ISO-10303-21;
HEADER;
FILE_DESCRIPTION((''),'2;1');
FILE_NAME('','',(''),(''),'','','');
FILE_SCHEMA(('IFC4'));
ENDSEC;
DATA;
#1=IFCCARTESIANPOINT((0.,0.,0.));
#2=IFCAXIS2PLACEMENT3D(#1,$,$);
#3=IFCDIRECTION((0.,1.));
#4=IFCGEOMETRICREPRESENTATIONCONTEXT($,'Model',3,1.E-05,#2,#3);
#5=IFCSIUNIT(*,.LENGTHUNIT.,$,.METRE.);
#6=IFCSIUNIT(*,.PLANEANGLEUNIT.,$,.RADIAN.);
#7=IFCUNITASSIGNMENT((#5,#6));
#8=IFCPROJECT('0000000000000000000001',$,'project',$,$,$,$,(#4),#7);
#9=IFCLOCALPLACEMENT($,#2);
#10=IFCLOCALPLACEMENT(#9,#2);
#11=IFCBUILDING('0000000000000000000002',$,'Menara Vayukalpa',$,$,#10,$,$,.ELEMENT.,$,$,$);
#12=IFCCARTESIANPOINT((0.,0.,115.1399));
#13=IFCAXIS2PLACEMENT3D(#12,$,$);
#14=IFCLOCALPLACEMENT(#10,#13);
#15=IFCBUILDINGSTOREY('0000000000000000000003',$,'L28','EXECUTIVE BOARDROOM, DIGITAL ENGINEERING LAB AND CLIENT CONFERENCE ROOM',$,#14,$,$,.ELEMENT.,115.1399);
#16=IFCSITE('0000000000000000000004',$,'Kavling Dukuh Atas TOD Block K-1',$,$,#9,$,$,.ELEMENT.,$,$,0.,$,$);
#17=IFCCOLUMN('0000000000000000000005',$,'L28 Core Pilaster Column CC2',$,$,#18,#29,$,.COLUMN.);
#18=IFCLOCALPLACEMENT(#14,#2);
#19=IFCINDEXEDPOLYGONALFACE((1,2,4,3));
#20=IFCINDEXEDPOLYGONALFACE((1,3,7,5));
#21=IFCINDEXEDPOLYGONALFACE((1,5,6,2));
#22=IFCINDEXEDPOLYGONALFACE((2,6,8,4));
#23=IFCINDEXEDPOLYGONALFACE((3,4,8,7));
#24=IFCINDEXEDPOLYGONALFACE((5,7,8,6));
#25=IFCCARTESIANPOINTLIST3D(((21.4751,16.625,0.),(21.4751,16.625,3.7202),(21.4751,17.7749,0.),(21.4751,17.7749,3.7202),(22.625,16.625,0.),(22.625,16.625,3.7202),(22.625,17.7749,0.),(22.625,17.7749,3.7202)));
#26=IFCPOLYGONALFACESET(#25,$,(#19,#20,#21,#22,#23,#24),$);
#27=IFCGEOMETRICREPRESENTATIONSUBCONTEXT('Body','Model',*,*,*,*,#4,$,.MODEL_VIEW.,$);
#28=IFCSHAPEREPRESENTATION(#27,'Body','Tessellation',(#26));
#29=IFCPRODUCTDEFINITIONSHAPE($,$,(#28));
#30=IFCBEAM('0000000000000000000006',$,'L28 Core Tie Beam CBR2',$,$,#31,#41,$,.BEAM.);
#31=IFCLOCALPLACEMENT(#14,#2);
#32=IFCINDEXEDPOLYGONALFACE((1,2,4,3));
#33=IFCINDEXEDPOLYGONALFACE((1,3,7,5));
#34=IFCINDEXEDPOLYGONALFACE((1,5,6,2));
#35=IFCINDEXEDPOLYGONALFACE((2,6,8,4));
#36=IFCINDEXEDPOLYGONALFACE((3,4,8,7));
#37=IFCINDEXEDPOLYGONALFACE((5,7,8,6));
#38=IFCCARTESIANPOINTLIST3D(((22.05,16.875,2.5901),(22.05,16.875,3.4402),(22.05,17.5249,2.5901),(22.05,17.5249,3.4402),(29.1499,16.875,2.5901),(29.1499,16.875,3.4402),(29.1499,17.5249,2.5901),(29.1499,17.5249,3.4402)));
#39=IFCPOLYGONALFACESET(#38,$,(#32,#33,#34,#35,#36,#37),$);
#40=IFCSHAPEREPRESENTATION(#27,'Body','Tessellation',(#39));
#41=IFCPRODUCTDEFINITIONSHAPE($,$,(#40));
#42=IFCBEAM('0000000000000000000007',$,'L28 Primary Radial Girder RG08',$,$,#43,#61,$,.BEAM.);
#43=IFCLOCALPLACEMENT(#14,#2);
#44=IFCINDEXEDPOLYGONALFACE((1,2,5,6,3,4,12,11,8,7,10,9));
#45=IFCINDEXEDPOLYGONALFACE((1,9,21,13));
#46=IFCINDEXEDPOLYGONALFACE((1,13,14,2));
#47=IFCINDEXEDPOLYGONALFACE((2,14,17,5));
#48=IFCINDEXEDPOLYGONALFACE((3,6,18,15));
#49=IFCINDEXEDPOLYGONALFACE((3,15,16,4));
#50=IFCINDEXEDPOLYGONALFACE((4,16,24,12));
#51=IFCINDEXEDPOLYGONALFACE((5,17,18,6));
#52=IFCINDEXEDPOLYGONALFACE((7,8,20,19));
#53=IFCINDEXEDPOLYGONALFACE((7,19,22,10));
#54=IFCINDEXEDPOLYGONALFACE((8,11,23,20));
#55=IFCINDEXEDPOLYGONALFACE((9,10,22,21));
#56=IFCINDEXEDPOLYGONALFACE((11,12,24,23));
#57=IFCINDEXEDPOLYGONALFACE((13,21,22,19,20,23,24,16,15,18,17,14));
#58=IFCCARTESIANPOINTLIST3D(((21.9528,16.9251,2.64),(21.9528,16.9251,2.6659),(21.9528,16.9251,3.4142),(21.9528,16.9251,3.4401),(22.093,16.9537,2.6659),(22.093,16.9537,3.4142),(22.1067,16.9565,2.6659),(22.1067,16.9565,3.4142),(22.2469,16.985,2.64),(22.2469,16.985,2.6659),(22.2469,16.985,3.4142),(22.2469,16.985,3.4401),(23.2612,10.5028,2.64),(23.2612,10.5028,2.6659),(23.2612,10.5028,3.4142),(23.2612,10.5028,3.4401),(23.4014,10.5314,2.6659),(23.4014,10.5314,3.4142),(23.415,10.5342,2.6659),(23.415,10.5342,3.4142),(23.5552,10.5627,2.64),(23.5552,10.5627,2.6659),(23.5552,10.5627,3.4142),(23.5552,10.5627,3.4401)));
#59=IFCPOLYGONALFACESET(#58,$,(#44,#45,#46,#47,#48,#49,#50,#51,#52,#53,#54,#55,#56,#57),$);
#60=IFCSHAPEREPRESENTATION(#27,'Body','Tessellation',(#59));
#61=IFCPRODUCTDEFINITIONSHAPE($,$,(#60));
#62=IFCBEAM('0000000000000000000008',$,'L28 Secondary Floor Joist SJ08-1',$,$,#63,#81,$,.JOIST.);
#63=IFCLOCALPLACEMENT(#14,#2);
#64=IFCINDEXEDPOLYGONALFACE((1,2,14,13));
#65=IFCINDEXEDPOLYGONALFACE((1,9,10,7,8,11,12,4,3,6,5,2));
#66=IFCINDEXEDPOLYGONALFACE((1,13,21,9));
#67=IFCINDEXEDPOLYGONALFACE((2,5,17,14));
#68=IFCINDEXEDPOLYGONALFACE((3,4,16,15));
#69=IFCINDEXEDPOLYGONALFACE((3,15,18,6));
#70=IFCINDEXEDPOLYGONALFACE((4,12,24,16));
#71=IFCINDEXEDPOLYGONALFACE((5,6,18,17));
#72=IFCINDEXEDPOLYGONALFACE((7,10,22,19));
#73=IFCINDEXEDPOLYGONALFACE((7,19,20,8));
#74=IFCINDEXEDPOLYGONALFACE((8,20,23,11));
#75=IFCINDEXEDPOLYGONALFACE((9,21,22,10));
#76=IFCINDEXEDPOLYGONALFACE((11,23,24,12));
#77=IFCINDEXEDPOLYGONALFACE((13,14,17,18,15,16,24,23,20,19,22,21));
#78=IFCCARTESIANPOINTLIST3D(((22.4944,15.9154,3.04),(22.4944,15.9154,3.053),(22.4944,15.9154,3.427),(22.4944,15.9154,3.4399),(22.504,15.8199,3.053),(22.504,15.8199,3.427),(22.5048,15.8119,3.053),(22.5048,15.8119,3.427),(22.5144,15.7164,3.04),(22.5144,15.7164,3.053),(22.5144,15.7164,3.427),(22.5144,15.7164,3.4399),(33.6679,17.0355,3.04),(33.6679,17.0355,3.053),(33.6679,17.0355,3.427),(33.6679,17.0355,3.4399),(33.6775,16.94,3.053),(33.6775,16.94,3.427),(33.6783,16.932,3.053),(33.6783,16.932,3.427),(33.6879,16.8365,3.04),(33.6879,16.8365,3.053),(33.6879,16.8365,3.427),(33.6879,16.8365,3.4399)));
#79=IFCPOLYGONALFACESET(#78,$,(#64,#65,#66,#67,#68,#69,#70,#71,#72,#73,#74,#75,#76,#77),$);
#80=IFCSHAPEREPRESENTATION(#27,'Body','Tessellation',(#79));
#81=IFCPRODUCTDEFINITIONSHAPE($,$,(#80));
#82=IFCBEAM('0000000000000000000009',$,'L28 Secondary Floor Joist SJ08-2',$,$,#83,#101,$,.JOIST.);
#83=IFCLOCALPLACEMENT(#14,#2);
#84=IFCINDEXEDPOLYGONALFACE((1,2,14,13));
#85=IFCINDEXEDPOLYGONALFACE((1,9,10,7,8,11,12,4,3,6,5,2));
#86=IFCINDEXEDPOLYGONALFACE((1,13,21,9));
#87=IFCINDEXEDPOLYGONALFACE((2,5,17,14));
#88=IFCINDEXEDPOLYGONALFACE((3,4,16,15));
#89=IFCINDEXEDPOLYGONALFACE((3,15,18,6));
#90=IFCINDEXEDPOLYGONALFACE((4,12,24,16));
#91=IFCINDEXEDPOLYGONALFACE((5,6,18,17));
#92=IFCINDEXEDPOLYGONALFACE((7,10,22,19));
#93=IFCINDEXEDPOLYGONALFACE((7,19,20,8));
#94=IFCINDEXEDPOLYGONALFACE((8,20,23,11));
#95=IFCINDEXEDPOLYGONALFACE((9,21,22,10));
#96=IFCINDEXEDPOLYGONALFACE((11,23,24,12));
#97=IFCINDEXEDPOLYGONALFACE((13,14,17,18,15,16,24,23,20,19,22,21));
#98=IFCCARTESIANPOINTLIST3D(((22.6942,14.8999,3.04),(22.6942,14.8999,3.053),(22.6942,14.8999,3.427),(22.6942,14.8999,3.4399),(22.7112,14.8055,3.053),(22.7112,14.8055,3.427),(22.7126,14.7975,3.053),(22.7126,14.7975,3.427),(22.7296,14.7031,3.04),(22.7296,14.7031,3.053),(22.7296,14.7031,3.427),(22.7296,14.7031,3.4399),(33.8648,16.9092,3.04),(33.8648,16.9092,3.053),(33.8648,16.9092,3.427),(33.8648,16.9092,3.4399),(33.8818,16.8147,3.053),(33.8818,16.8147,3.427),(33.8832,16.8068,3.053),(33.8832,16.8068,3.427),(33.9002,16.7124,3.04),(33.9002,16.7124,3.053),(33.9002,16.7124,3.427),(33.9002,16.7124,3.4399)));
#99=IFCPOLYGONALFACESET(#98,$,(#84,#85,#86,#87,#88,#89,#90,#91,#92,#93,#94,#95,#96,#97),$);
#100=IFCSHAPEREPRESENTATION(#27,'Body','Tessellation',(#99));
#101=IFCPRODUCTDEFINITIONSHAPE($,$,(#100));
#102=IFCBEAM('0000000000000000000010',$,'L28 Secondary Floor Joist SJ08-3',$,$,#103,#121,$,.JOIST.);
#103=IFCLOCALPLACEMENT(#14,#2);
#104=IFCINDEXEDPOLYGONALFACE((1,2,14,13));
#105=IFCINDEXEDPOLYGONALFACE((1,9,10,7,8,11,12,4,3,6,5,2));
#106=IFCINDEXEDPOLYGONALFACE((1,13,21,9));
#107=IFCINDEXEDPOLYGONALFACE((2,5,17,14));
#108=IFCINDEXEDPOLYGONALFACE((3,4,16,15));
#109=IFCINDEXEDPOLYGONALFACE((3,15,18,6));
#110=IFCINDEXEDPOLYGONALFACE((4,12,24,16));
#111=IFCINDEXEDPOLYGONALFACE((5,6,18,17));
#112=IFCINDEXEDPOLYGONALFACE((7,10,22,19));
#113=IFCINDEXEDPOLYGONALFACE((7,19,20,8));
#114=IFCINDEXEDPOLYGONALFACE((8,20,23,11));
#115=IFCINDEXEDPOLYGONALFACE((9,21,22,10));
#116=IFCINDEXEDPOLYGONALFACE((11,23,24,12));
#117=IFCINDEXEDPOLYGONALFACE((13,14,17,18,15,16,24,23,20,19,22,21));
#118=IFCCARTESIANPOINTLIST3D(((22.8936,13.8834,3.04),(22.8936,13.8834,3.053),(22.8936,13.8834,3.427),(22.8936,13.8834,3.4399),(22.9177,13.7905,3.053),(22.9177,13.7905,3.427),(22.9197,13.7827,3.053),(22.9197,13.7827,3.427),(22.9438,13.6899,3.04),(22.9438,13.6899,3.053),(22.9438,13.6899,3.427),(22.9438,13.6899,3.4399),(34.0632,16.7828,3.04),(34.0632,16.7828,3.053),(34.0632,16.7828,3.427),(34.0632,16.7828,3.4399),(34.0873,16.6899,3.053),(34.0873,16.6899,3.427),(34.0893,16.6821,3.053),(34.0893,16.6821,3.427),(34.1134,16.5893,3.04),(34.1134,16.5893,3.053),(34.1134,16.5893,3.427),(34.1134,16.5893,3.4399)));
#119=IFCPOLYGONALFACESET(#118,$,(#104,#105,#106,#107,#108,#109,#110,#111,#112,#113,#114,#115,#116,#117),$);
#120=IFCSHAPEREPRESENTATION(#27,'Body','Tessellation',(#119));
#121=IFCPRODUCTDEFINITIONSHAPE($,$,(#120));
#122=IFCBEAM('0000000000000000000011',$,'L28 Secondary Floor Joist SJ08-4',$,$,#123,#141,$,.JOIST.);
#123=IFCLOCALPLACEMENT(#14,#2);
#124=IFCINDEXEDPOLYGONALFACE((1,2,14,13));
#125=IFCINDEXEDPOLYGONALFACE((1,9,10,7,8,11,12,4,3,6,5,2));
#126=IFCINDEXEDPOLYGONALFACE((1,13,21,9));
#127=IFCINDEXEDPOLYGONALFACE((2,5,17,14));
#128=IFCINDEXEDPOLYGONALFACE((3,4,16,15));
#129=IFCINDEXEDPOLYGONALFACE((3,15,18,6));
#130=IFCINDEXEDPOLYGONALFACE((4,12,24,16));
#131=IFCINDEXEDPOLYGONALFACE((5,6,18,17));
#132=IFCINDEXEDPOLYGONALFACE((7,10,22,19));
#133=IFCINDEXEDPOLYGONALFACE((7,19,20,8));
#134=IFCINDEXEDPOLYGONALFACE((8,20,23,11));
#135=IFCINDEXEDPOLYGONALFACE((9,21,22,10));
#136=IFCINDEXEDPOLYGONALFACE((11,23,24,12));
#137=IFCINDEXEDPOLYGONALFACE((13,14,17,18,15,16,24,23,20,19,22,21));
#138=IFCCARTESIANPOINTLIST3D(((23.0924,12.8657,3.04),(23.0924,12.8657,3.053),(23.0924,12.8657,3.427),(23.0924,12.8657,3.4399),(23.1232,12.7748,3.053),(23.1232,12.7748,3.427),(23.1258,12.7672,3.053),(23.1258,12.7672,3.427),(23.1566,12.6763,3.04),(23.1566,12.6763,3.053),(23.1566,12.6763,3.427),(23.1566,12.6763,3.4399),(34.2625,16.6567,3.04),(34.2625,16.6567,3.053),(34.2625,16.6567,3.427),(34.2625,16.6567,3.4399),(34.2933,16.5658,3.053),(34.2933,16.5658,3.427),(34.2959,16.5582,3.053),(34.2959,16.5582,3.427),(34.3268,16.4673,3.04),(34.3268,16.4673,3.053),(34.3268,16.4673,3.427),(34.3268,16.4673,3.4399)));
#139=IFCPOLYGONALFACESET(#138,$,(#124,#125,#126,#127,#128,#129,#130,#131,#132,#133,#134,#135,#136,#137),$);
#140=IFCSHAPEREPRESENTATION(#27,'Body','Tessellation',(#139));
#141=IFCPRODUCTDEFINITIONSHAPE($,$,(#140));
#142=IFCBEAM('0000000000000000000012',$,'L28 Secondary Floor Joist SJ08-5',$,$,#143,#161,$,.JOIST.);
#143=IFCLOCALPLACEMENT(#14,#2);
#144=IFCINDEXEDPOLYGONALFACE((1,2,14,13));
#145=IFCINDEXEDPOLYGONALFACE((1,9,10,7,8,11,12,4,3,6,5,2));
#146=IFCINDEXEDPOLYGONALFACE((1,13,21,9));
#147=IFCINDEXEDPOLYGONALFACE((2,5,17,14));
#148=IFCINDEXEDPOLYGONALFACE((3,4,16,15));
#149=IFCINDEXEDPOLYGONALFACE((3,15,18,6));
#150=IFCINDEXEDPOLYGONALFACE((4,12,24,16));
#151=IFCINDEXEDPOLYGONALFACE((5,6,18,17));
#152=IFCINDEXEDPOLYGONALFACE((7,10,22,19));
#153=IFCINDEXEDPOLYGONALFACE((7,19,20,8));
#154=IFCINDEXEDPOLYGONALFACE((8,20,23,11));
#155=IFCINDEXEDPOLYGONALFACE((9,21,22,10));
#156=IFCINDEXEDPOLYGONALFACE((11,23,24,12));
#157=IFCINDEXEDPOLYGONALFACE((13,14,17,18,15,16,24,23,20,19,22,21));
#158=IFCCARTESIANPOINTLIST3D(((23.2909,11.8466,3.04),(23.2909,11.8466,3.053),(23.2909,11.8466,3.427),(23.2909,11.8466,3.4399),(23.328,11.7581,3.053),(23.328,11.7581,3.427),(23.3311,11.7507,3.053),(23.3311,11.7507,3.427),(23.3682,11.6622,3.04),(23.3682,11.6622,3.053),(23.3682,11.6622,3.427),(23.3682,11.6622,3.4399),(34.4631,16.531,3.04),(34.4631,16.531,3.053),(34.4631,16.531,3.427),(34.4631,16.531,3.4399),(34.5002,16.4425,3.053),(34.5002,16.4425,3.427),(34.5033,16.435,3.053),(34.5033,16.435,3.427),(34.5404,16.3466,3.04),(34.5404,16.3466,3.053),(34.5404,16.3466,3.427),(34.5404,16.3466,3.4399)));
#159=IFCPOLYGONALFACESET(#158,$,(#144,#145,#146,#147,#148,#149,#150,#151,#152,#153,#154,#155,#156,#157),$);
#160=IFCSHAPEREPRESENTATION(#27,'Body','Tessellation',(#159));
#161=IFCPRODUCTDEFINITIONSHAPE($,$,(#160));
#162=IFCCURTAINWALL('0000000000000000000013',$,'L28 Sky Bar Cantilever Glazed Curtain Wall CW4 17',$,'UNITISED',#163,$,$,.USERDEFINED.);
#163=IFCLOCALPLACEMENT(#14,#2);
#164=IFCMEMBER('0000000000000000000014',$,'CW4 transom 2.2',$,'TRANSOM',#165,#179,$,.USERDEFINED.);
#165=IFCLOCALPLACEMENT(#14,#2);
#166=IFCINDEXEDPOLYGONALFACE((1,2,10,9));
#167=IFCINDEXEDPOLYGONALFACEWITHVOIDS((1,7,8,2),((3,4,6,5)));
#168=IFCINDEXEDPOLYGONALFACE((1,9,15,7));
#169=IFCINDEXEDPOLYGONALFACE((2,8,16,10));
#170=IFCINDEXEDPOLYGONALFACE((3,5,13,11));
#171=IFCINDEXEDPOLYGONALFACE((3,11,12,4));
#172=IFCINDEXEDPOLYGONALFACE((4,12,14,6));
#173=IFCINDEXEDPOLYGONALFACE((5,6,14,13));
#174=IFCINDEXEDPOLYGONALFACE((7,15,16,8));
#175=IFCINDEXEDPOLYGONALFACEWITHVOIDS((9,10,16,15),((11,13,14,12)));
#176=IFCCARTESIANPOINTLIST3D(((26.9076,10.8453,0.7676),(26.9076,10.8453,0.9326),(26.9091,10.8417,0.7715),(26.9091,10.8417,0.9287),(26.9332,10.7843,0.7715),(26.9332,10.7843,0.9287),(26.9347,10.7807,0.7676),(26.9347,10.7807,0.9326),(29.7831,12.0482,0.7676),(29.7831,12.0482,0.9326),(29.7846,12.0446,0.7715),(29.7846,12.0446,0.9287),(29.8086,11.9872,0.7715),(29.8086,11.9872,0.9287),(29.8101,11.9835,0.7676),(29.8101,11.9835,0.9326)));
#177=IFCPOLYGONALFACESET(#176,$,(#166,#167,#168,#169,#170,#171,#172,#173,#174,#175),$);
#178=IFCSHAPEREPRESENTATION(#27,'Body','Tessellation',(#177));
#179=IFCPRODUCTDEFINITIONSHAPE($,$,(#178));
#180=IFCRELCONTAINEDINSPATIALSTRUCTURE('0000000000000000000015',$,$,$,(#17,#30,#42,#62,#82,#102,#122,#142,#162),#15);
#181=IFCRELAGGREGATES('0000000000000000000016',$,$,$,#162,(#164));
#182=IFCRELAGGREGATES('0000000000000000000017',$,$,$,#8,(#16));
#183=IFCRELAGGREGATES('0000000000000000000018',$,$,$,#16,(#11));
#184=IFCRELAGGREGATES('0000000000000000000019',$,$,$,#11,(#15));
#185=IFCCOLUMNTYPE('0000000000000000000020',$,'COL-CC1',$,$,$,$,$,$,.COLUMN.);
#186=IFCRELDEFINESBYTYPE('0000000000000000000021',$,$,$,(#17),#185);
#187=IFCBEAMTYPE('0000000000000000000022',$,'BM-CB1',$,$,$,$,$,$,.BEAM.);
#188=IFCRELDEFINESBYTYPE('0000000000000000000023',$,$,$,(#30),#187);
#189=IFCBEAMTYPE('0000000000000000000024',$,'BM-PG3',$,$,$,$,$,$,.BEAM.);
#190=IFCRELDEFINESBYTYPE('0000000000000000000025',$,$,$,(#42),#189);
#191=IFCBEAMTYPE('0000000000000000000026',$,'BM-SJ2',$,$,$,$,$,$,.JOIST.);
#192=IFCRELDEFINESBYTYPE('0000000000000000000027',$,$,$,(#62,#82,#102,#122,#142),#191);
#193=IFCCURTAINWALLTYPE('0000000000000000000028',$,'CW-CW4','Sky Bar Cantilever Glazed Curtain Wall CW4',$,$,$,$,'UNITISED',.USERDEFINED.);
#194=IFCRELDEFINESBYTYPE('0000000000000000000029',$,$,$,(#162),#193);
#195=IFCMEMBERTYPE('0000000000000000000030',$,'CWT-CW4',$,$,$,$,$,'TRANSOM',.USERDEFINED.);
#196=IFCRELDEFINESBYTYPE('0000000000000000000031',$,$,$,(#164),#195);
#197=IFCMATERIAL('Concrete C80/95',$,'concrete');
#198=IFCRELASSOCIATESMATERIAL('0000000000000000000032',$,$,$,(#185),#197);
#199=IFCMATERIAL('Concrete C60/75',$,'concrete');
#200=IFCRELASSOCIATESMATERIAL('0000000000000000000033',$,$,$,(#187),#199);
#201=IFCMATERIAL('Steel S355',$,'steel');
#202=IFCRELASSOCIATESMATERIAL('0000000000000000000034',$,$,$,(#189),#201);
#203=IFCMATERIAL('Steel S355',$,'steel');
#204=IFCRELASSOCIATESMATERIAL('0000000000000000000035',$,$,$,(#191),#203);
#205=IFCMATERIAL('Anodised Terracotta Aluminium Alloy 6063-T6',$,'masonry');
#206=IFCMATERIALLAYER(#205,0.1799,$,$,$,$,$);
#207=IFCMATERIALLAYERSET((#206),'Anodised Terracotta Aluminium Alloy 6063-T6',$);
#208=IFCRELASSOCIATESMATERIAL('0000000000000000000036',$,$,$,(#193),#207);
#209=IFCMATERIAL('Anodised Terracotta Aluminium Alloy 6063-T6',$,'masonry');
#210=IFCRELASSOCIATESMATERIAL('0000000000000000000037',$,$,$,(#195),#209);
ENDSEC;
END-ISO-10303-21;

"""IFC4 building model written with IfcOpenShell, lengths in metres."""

from ifc_helpers import new_model, si_unit, direction, frame, origin, origin_2d, place, context, subcontext, project, spatial, rectangle, hollow_rectangle, i_section, extrude, material, layer, layer_set, material_profile, profile_set, type_object, element, aggregate, save


model = new_model("IFC4")

# Units and contexts
model_context = context("Model", 3, precision=1e-05, world=origin(), true_north=direction((0.0, 1.0)))
body_context = subcontext(model_context, "Body", "Model", "MODEL_VIEW")
ifc_project = project(units=[si_unit("LENGTHUNIT", "METRE"), si_unit("PLANEANGLEUNIT", "RADIAN")], contexts=[model_context])

# Site, building, storey
site_placement = place(None, origin())
site = spatial("IfcSite", under=ifc_project, at=site_placement, Name="Kavling Dukuh Atas TOD Block K-1", CompositionType="ELEMENT", RefElevation=0.0)
building_placement = place(site_placement, origin())
building = spatial("IfcBuilding", under=site, at=building_placement, Name="Menara Vayukalpa", CompositionType="ELEMENT")
storey_placement = place(building_placement, frame((0.0, 0.0, 115.1399)))
storey = spatial("IfcBuildingStorey", under=building, at=storey_placement, Name="L28", Description="EXECUTIVE BOARDROOM, DIGITAL ENGINEERING LAB AND CLIENT CONFERENCE ROOM", CompositionType="ELEMENT", Elevation=115.1399)

# Column
ifc_material_1 = material(Name="Concrete C80/95", Category="concrete")
ifc_material_profile_1 = material_profile(ifc_material_1, rectangle(XDim=1.1499, YDim=1.1499, at=origin_2d()), Name="RC 1150x1150")
ifc_profile_set_1 = profile_set([ifc_material_profile_1], Name="Concrete C80/95")
column_type = type_object("IfcColumnType", Name="COL-CC1", PredefinedType="COLUMN", material=ifc_profile_set_1)
column_placement = place(storey_placement, frame((22.05, 17.2, 0.0), z_axis=(0.0, 0.0, 1.0), x_axis=(1.0, 0.0, 0.0)))
element("IfcColumn", 1, at=column_placement, inside=storey, type_object=column_type, Name="L28 Core Pilaster Column CC2", PredefinedType="COLUMN", context=body_context, shape_type="SweptSolid", body=[
    extrude(rectangle(XDim=1.1499, YDim=1.1499, at=origin_2d()), origin(), (0.0, 0.0, 1.0), 3.7202),
])

# Beams
ifc_material_2 = material(Name="Concrete C60/75", Category="concrete")
ifc_material_profile_2 = material_profile(ifc_material_2, rectangle(XDim=0.6499, YDim=0.8501, at=origin_2d()), Name="RC 650x850")
ifc_profile_set_2 = profile_set([ifc_material_profile_2], Name="Concrete C60/75")
beam_type_1 = type_object("IfcBeamType", Name="BM-CB1", PredefinedType="BEAM", material=ifc_profile_set_2)
beam_1_placement = place(storey_placement, frame((22.05, 17.2, 3.0151), z_axis=(1.0, 0.0, 0.0), x_axis=(0.0, 1.0, 0.0)))
element("IfcBeam", 2, at=beam_1_placement, inside=storey, type_object=beam_type_1, Name="L28 Core Tie Beam CBR2", PredefinedType="BEAM", context=body_context, shape_type="SweptSolid", body=[
    extrude(rectangle(XDim=0.6499, YDim=0.8501, at=origin_2d()), origin(), (0.0, 0.0, 1.0), 7.0999),
])
ifc_material_3 = material(Name="Steel S355", Category="steel")
ifc_material_profile_3 = material_profile(ifc_material_3, i_section(OverallWidth=0.3, OverallDepth=0.8, WebThickness=0.0139, FlangeThickness=0.0259, at=origin_2d()), Name="WF 800x300x14x26")
ifc_profile_set_3 = profile_set([ifc_material_profile_3], Name="Steel S355")
beam_type_2 = type_object("IfcBeamType", Name="BM-PG3", PredefinedType="BEAM", material=ifc_profile_set_3)
beam_2_placement = place(storey_placement, frame((22.0999, 16.9551, 3.04), z_axis=(0.199618, -0.979874, 0.0), x_axis=(0.979874, 0.199618, 0.0)))
element("IfcBeam", 3, at=beam_2_placement, inside=storey, type_object=beam_type_2, Name="L28 Primary Radial Girder RG08", PredefinedType="BEAM", context=body_context, shape_type="SweptSolid", body=[
    extrude(i_section(OverallWidth=0.3, OverallDepth=0.8, WebThickness=0.0139, FlangeThickness=0.0259, at=origin_2d()), origin(), (0.0, 0.0, 1.0), 6.5542),
])
ifc_material_4 = material(Name="Steel S355", Category="steel")
ifc_material_profile_4 = material_profile(ifc_material_4, i_section(OverallWidth=0.2, OverallDepth=0.3999, WebThickness=0.0081, FlangeThickness=0.0129, at=origin_2d()), Name="WF 400x200x8x13")
ifc_profile_set_4 = profile_set([ifc_material_profile_4], Name="Steel S355")
beam_type_3 = type_object("IfcBeamType", Name="BM-SJ2", PredefinedType="JOIST", material=ifc_profile_set_4)
beam_3_placement = place(storey_placement, frame((22.5044, 15.8159, 3.24), z_axis=(0.995013, 0.099747, 0.0), x_axis=(-0.099747, 0.995013, 0.0)))
element("IfcBeam", 4, at=beam_3_placement, inside=storey, type_object=beam_type_3, Name="L28 Secondary Floor Joist SJ08-1", PredefinedType="JOIST", context=body_context, shape_type="SweptSolid", body=[
    extrude(i_section(OverallWidth=0.2, OverallDepth=0.3999, WebThickness=0.0081, FlangeThickness=0.0129, at=origin_2d()), origin(), (0.0, 0.0, 1.0), 11.2295),
])
beam_4_placement = place(storey_placement, frame((22.7119, 14.8015, 3.24), z_axis=(0.984205, 0.17703, 0.0), x_axis=(-0.17703, 0.984205, 0.0)))
element("IfcBeam", 5, at=beam_4_placement, inside=storey, type_object=beam_type_3, Name="L28 Secondary Floor Joist SJ08-2", PredefinedType="JOIST", context=body_context, shape_type="SweptSolid", body=[
    extrude(i_section(OverallWidth=0.2, OverallDepth=0.3999, WebThickness=0.0081, FlangeThickness=0.0129, at=origin_2d()), origin(), (0.0, 0.0, 1.0), 11.3499),
])
beam_5_placement = place(storey_placement, frame((22.9187, 13.7866, 3.24), z_axis=(0.967922, 0.251252, 0.0), x_axis=(-0.251252, 0.967922, 0.0)))
element("IfcBeam", 6, at=beam_5_placement, inside=storey, type_object=beam_type_3, Name="L28 Secondary Floor Joist SJ08-3", PredefinedType="JOIST", context=body_context, shape_type="SweptSolid", body=[
    extrude(i_section(OverallWidth=0.2, OverallDepth=0.3999, WebThickness=0.0081, FlangeThickness=0.0129, at=origin_2d()), origin(), (0.0, 0.0, 1.0), 11.5398),
])
beam_6_placement = place(storey_placement, frame((23.1245, 12.771, 3.24), z_axis=(0.946949, 0.321383, 0.0), x_axis=(-0.321383, 0.946949, 0.0)))
element("IfcBeam", 7, at=beam_6_placement, inside=storey, type_object=beam_type_3, Name="L28 Secondary Floor Joist SJ08-4", PredefinedType="JOIST", context=body_context, shape_type="SweptSolid", body=[
    extrude(i_section(OverallWidth=0.2, OverallDepth=0.3999, WebThickness=0.0081, FlangeThickness=0.0129, at=origin_2d()), origin(), (0.0, 0.0, 1.0), 11.7959),
])
beam_7_placement = place(storey_placement, frame((23.3296, 11.7544, 3.24), z_axis=(0.922217, 0.386674, 0.0), x_axis=(-0.386674, 0.922217, 0.0)))
element("IfcBeam", 8, at=beam_7_placement, inside=storey, type_object=beam_type_3, Name="L28 Secondary Floor Joist SJ08-5", PredefinedType="JOIST", context=body_context, shape_type="SweptSolid", body=[
    extrude(i_section(OverallWidth=0.2, OverallDepth=0.3999, WebThickness=0.0081, FlangeThickness=0.0129, at=origin_2d()), origin(), (0.0, 0.0, 1.0), 12.1145),
])

# Curtain wall, member
ifc_material_5 = material(Name="Anodised Terracotta Aluminium Alloy 6063-T6", Category="masonry")
ifc_layer_1 = layer(ifc_material_5, 0.1799)
ifc_layer_set_1 = layer_set([ifc_layer_1], Name="Anodised Terracotta Aluminium Alloy 6063-T6")
curtain_wall_type = type_object("IfcCurtainWallType", Name="CW-CW4", Description="Sky Bar Cantilever Glazed Curtain Wall CW4", ElementType="UNITISED", PredefinedType="USERDEFINED", material=ifc_layer_set_1)
curtain_wall_placement = place(storey_placement, origin())
curtain_wall = element("IfcCurtainWall", 9, at=curtain_wall_placement, inside=storey, type_object=curtain_wall_type, Name="L28 Sky Bar Cantilever Glazed Curtain Wall CW4 17", ObjectType="UNITISED", PredefinedType="USERDEFINED")
ifc_material_6 = material(Name="Anodised Terracotta Aluminium Alloy 6063-T6", Category="masonry")
ifc_material_profile_5 = material_profile(ifc_material_6, hollow_rectangle(XDim=0.0701, YDim=0.165, WallThickness=0.0039, at=origin_2d()), Name="ALU 70x165x4")
ifc_profile_set_5 = profile_set([ifc_material_profile_5], Name="Anodised Terracotta Aluminium Alloy 6063-T6")
member_type = type_object("IfcMemberType", Name="CWT-CW4", ElementType="TRANSOM", PredefinedType="USERDEFINED", material=ifc_profile_set_5)
member_1_placement = place(storey_placement, frame((26.9211, 10.813, 0.8501), z_axis=(0.922534, 0.385916, 0.0), x_axis=(-0.385916, 0.922534, 0.0)))
member_1 = element("IfcMember", 10, at=member_1_placement, type_object=member_type, Name="CW4 transom 2.2", ObjectType="TRANSOM", PredefinedType="USERDEFINED", context=body_context, shape_type="SweptSolid", body=[
    extrude(hollow_rectangle(XDim=0.0701, YDim=0.165, WallThickness=0.0039, at=origin_2d()), origin(), (0.0, 0.0, 1.0), 3.1169),
])
aggregate(curtain_wall, [member_1])

save(model, "model.ifc")
